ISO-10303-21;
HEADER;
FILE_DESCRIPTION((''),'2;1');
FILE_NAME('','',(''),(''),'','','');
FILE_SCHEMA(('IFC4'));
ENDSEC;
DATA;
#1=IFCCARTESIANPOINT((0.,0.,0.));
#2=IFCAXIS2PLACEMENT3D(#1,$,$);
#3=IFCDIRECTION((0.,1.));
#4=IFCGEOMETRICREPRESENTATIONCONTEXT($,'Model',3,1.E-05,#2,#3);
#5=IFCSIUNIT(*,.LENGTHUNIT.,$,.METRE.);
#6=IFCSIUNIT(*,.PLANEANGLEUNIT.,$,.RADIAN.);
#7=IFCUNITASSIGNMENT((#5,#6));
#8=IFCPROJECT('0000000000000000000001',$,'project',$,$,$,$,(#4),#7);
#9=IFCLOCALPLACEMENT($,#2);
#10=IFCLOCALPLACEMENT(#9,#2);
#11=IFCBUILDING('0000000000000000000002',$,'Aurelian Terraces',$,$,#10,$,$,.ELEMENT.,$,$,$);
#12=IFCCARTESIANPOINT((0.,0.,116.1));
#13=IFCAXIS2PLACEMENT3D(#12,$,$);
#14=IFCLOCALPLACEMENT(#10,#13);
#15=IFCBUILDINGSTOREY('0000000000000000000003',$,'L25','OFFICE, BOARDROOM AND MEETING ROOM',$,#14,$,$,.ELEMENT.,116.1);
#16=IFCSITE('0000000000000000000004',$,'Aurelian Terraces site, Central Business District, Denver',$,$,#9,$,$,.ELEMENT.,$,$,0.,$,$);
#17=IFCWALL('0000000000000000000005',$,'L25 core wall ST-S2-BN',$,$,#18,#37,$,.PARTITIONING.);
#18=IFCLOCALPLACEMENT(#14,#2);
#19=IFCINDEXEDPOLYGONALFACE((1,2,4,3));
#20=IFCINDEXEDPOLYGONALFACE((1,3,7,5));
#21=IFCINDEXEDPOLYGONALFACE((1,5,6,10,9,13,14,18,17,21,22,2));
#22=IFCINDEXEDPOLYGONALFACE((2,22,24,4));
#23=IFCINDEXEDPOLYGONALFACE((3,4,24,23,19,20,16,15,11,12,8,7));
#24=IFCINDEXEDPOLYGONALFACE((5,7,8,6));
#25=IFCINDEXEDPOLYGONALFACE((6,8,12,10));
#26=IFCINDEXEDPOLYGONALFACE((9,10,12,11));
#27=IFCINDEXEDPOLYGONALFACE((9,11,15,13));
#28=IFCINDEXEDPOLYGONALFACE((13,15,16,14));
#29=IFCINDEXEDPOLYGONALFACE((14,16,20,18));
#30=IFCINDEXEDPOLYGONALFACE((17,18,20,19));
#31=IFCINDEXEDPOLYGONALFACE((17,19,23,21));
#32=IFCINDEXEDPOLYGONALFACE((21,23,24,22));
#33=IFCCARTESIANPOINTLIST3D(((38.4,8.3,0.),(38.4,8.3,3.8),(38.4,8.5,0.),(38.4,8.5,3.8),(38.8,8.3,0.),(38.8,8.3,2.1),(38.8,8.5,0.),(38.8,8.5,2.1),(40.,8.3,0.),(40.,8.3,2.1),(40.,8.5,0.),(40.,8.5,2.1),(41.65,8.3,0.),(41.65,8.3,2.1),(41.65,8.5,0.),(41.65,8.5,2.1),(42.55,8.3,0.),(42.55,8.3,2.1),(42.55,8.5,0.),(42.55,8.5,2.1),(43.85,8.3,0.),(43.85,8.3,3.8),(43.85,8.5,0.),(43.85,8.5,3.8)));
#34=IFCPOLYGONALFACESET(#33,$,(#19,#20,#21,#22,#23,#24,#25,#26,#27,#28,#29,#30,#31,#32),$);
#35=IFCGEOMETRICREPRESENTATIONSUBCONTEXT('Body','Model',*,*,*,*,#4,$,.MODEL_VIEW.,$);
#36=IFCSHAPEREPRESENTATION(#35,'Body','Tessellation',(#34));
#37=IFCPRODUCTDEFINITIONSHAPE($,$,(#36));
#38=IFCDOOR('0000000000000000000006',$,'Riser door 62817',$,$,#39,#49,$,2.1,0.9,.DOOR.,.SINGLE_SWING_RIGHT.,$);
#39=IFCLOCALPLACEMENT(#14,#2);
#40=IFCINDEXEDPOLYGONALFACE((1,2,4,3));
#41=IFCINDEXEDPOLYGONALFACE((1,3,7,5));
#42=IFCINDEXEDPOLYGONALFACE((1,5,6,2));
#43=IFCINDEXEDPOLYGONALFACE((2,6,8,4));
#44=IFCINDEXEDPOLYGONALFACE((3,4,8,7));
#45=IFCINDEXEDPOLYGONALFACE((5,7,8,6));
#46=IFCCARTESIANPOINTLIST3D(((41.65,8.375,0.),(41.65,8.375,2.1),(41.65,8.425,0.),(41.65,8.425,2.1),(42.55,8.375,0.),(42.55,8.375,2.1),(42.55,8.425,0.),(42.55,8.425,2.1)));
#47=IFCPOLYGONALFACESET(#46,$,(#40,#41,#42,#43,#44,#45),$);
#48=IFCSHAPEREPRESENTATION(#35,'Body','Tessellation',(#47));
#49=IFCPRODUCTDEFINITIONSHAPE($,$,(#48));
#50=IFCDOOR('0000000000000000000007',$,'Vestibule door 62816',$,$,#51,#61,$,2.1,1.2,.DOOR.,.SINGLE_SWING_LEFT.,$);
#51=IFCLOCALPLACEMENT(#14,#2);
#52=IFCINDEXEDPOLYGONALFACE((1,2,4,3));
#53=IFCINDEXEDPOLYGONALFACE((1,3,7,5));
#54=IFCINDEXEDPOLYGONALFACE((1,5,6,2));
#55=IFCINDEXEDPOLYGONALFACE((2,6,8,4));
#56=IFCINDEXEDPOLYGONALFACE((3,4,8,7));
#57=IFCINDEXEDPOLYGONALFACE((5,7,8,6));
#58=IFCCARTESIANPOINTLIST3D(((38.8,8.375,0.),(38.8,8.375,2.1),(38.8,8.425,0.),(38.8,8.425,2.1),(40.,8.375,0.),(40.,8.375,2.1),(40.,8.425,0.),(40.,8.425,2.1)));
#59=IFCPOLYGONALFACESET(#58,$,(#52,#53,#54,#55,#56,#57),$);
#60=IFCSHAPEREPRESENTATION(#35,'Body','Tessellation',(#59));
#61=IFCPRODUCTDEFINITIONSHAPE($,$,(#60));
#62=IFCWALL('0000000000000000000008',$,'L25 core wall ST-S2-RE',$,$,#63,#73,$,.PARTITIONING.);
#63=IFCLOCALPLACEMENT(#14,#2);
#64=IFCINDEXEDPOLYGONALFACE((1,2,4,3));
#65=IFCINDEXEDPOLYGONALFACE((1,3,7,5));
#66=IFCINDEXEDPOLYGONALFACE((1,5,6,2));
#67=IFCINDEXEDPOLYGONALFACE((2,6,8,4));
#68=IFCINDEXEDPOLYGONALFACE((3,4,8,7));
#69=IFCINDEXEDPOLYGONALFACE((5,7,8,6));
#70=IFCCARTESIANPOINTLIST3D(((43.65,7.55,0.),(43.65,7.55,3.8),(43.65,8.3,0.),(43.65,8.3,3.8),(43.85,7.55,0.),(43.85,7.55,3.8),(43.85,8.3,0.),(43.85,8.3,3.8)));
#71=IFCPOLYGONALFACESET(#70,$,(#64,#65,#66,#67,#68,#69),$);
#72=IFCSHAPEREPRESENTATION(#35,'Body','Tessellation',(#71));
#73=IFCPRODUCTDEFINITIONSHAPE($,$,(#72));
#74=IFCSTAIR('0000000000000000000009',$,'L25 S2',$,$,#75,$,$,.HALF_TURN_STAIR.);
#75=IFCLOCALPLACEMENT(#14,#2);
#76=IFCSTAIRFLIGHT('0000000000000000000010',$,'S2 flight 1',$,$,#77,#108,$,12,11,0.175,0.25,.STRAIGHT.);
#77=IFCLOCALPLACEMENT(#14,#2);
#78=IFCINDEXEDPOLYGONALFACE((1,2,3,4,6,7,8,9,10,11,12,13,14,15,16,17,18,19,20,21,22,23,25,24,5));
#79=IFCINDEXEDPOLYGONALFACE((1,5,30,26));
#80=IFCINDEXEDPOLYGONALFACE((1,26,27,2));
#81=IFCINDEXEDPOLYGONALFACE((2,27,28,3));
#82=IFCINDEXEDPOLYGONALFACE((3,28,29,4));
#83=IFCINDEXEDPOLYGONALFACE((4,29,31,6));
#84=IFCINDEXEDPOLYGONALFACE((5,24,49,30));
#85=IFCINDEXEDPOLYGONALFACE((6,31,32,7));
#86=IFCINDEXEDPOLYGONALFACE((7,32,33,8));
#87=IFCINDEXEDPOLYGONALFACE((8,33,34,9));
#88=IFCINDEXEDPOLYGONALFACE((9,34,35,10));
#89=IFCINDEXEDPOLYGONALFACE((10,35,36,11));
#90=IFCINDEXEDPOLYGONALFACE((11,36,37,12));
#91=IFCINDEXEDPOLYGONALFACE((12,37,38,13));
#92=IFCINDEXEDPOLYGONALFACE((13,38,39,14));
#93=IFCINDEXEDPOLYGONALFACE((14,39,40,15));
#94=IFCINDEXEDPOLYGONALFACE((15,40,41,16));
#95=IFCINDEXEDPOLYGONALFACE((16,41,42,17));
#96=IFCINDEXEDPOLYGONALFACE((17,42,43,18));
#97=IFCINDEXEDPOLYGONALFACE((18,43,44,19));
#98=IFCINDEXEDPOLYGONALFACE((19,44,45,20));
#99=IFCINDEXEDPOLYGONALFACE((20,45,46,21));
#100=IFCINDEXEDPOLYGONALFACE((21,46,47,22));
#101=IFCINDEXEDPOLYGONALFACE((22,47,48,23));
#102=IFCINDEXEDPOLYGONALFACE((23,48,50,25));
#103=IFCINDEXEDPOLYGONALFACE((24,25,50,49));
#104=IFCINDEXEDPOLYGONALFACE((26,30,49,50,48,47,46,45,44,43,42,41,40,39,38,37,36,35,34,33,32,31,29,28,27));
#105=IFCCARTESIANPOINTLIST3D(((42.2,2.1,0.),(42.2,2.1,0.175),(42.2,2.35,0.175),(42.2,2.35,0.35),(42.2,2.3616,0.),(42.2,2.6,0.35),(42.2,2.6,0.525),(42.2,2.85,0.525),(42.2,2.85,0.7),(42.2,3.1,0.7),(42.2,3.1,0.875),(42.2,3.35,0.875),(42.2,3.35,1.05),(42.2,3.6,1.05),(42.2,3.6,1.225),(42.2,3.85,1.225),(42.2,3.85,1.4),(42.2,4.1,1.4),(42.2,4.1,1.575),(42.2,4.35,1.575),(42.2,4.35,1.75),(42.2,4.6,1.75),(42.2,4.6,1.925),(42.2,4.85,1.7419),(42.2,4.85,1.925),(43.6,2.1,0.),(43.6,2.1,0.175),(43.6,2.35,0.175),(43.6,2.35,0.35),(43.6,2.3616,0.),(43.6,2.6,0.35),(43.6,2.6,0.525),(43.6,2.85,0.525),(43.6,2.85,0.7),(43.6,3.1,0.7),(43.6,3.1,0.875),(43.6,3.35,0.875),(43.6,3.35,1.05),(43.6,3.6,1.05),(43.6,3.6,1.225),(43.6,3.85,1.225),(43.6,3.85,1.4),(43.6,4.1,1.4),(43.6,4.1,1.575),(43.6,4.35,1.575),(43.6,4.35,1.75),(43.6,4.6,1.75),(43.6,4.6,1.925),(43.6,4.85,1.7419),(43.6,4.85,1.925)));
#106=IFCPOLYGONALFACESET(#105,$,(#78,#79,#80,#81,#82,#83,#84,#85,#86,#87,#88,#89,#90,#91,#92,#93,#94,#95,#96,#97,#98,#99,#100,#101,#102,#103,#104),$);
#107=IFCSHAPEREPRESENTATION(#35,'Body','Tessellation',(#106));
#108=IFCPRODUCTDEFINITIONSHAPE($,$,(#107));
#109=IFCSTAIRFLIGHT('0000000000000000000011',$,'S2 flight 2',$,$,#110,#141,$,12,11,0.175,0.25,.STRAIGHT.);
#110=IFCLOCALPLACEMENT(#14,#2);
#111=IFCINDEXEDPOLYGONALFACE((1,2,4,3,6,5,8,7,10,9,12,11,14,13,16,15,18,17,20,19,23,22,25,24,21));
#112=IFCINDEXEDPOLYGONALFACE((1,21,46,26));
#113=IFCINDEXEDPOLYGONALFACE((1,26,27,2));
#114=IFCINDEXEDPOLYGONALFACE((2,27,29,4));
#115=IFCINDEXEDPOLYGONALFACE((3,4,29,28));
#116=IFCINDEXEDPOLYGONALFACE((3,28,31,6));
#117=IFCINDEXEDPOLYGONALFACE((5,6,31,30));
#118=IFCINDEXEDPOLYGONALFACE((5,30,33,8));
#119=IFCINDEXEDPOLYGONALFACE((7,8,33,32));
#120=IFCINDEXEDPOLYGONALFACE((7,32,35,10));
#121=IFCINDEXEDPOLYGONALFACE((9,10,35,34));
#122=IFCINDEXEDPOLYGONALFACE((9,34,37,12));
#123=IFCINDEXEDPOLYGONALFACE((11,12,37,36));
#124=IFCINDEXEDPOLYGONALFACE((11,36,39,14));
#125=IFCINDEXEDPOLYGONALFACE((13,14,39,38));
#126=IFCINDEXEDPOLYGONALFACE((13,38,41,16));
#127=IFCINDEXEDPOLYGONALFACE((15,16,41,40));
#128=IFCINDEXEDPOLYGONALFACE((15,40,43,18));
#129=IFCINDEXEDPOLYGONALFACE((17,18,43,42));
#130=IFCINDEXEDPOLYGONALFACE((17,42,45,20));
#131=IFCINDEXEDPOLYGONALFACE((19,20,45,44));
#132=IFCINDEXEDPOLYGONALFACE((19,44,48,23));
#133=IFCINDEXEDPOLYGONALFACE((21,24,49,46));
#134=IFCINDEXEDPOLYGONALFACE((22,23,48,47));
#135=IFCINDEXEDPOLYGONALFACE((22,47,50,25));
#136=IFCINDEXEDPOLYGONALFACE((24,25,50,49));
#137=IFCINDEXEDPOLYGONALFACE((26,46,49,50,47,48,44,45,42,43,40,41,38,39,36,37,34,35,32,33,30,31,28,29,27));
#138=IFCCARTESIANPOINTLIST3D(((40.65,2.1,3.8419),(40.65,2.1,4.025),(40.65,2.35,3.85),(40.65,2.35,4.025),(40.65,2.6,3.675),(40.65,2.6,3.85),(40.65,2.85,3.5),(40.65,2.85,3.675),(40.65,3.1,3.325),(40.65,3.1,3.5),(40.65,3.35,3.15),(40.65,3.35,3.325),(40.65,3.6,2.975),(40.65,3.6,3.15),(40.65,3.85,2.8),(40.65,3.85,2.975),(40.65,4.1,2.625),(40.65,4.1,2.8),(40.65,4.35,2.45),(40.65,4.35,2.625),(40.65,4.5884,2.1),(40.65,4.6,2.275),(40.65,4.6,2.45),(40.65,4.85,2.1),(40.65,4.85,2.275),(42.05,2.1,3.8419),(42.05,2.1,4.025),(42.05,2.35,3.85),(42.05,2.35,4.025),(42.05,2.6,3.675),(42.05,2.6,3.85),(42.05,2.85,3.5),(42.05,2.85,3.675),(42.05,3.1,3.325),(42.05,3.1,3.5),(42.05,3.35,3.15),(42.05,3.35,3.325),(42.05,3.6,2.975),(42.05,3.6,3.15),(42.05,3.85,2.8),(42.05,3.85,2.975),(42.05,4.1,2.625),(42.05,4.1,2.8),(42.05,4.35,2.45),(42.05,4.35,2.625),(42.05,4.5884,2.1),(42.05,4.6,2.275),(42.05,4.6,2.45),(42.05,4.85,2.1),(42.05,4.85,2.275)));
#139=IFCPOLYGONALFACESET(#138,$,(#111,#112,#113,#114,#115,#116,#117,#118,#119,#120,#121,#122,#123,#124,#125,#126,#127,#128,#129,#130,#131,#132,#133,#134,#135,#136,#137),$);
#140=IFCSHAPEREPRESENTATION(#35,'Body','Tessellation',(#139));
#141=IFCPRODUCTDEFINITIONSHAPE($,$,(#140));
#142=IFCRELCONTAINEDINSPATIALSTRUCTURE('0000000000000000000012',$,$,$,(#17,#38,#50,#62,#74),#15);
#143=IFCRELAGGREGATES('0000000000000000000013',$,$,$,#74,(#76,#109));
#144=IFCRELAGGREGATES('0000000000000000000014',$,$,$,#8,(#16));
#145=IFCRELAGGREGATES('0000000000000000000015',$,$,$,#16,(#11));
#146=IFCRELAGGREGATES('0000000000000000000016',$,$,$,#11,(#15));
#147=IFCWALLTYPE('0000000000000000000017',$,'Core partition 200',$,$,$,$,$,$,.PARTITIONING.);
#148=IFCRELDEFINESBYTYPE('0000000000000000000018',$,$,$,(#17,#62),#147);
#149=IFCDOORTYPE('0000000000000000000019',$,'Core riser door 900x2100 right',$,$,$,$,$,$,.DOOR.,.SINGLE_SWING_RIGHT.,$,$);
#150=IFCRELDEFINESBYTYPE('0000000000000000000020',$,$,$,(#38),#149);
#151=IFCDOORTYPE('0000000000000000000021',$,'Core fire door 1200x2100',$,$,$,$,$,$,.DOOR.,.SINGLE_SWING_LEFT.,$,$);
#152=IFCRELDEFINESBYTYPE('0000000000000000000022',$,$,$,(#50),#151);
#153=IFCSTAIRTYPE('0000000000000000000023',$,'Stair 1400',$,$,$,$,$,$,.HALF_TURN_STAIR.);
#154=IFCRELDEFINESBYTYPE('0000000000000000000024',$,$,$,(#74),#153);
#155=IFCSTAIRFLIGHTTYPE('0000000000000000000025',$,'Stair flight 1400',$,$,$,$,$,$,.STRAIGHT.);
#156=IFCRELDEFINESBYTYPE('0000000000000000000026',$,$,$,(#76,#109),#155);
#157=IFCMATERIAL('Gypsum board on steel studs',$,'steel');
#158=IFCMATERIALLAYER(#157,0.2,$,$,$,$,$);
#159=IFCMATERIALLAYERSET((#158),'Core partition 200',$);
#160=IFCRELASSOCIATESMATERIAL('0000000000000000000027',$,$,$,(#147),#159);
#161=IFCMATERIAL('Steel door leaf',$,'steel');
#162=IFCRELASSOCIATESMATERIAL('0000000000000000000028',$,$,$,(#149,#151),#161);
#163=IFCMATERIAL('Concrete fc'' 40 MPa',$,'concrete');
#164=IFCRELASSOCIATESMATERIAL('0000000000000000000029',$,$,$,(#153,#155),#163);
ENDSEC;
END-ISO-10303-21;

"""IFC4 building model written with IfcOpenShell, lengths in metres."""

from ifc_helpers import new_model, si_unit, direction, frame, frame_2d, origin, place, context, subcontext, project, spatial, polyline, rectangle, outline, extrude, source, transform, mapped, material, layer, layer_set, type_object, element, fill, aggregate, save


model = new_model("IFC4")

# Units and contexts
model_context = context("Model", 3, precision=1e-05, world=origin(), true_north=direction((0.0, 1.0)))
body_context = subcontext(model_context, "Body", "Model", "MODEL_VIEW")
ifc_project = project(units=[si_unit("LENGTHUNIT", "METRE"), si_unit("PLANEANGLEUNIT", "RADIAN")], contexts=[model_context])

# Site, building, storey
site_placement = place(None, origin())
site = spatial("IfcSite", under=ifc_project, at=site_placement, Name="Aurelian Terraces site, Central Business District, Denver", CompositionType="ELEMENT", RefElevation=0.0)
building_placement = place(site_placement, origin())
building = spatial("IfcBuilding", under=site, at=building_placement, Name="Aurelian Terraces", CompositionType="ELEMENT")
storey_placement = place(building_placement, frame((0.0, 0.0, 116.1)))
storey = spatial("IfcBuildingStorey", under=building, at=storey_placement, Name="L25", Description="OFFICE, BOARDROOM AND MEETING ROOM", CompositionType="ELEMENT", Elevation=116.1)

# Shared definitions
ifc_material_1 = material(Name="Concrete fc' 40 MPa", Category="concrete")

# Shared definitions
ifc_material_2 = material(Name="Steel door leaf", Category="steel")

# Shared definitions
ifc_material_3 = material(Name="Gypsum board on steel studs", Category="steel")
ifc_layer_1 = layer(ifc_material_3, 0.2)
ifc_layer_set_1 = layer_set([ifc_layer_1], Name="Core partition 200")
wall_type_1 = type_object("IfcWallType", Name="Core partition 200", PredefinedType="PARTITIONING", material=ifc_layer_set_1)

# Wall, openings, doors
shared_shape_1 = source(origin(), body_context, "Body", "SweptSolid", [
    extrude(rectangle(XDim=5.45, YDim=0.2, at=frame_2d((2.725, 0.0))), origin(), (0.0, 0.0, 1.0), 3.8),
])
wall_1_placement = place(storey_placement, frame((38.4, 8.4, 0.0), z_axis=(0.0, 0.0, 1.0), x_axis=(1.0, 0.0, 0.0)))
wall_1 = element("IfcWall", 1, at=wall_1_placement, inside=storey, type_object=wall_type_1, Name="L25 core wall ST-S2-BN", PredefinedType="PARTITIONING", context=body_context, shape_type="MappedRepresentation", body=[
    mapped(shared_shape_1, transform((0.0, 0.0, 0.0), scale=1.0)),
])
shared_shape_2 = source(origin(), body_context, "Body", "SweptSolid", [
    extrude(rectangle(XDim=1.2, YDim=2.1, at=frame_2d((0.6, 1.05))), frame((0.0, 0.11, 0.0), z_axis=(0.0, -1.0, 0.0), x_axis=(1.0, 0.0, 0.0)), (0.0, 0.0, 1.0), 0.22),
])
opening_1_placement = place(wall_1_placement, frame((0.4, 0.0, 0.0)))
opening_1 = element("IfcOpeningElement", 2, at=opening_1_placement, cuts=wall_1, PredefinedType="OPENING", context=body_context, shape_type="MappedRepresentation", body=[
    mapped(shared_shape_2, transform((0.0, 0.0, 0.0), scale=1.0)),
])
shared_shape_3 = source(origin(), body_context, "Body", "SweptSolid", [
    extrude(rectangle(XDim=0.9, YDim=2.1, at=frame_2d((0.45, 1.05))), frame((0.0, 0.11, 0.0), z_axis=(0.0, -1.0, 0.0), x_axis=(1.0, 0.0, 0.0)), (0.0, 0.0, 1.0), 0.22),
])
opening_2_placement = place(wall_1_placement, frame((3.25, 0.0, 0.0)))
opening_2 = element("IfcOpeningElement", 3, at=opening_2_placement, cuts=wall_1, PredefinedType="OPENING", context=body_context, shape_type="MappedRepresentation", body=[
    mapped(shared_shape_3, transform((0.0, 0.0, 0.0), scale=1.0)),
])
door_type_1 = type_object("IfcDoorType", Name="Core riser door 900x2100 right", OperationType="SINGLE_SWING_RIGHT", PredefinedType="DOOR", material=ifc_material_2)
shared_shape_4 = source(origin(), body_context, "Body", "SweptSolid", [
    extrude(rectangle(XDim=0.9, YDim=2.1, at=frame_2d((0.45, 1.05))), frame((0.0, 0.025, 0.0), z_axis=(0.0, -1.0, 0.0), x_axis=(1.0, 0.0, 0.0)), (0.0, 0.0, 1.0), 0.05),
])
door_1_placement = place(opening_2_placement, origin())
door_1 = element("IfcDoor", 4, at=door_1_placement, inside=storey, type_object=door_type_1, Name="Riser door 62817", OperationType="SINGLE_SWING_RIGHT", OverallHeight=2.1, OverallWidth=0.9, PredefinedType="DOOR", context=body_context, shape_type="MappedRepresentation", body=[
    mapped(shared_shape_4, transform((0.0, 0.0, 0.0), scale=1.0)),
])
fill(opening_2, door_1)
door_type_2 = type_object("IfcDoorType", Name="Core fire door 1200x2100", OperationType="SINGLE_SWING_LEFT", PredefinedType="DOOR", material=ifc_material_2)
shared_shape_5 = source(origin(), body_context, "Body", "SweptSolid", [
    extrude(rectangle(XDim=1.2, YDim=2.1, at=frame_2d((0.6, 1.05))), frame((0.0, 0.025, 0.0), z_axis=(0.0, -1.0, 0.0), x_axis=(1.0, 0.0, 0.0)), (0.0, 0.0, 1.0), 0.05),
])
door_2_placement = place(opening_1_placement, origin())
door_2 = element("IfcDoor", 5, at=door_2_placement, inside=storey, type_object=door_type_2, Name="Vestibule door 62816", OperationType="SINGLE_SWING_LEFT", OverallHeight=2.1, OverallWidth=1.2, PredefinedType="DOOR", context=body_context, shape_type="MappedRepresentation", body=[
    mapped(shared_shape_5, transform((0.0, 0.0, 0.0), scale=1.0)),
])
fill(opening_1, door_2)

# Wall
shared_shape_6 = source(origin(), body_context, "Body", "SweptSolid", [
    extrude(rectangle(XDim=0.75, YDim=0.2, at=frame_2d((0.375, 0.0))), origin(), (0.0, 0.0, 1.0), 3.8),
])
wall_2_placement = place(storey_placement, frame((43.75, 7.55, 0.0), z_axis=(0.0, 0.0, 1.0), x_axis=(0.0, 1.0, 0.0)))
element("IfcWall", 6, at=wall_2_placement, inside=storey, type_object=wall_type_1, Name="L25 core wall ST-S2-RE", PredefinedType="PARTITIONING", context=body_context, shape_type="MappedRepresentation", body=[
    mapped(shared_shape_6, transform((0.0, 0.0, 0.0), scale=1.0)),
])

# Stair, stair flights
stair_type = type_object("IfcStairType", Name="Stair 1400", PredefinedType="HALF_TURN_STAIR", material=ifc_material_1)
stair_placement = place(storey_placement, origin())
stair = element("IfcStair", 7, at=stair_placement, inside=storey, type_object=stair_type, Name="L25 S2", PredefinedType="HALF_TURN_STAIR")
stair_flight_type = type_object("IfcStairFlightType", Name="Stair flight 1400", PredefinedType="STRAIGHT", material=ifc_material_1)
shared_shape_7 = source(origin(), body_context, "Body", "SweptSolid", [
    extrude(outline(polyline([(0.0, 0.0), (0.0, 0.175), (0.25, 0.175), (0.25, 0.35), (0.5, 0.35), (0.5, 0.525), (0.75, 0.525), (0.75, 0.7), (1.0, 0.7), (1.0, 0.875), (1.25, 0.875), (1.25, 1.05), (1.5, 1.05), (1.5, 1.225), (1.75, 1.225), (1.75, 1.4), (2.0, 1.4), (2.0, 1.575), (2.25, 1.575), (2.25, 1.75), (2.5, 1.75), (2.5, 1.925), (2.75, 1.925), (2.75, 2.1), (2.75, 1.7419), (0.2616, 0.0), (0.0, 0.0)])), frame((0.0, 0.7, 0.0), z_axis=(0.0, -1.0, 0.0), x_axis=(1.0, 0.0, 0.0)), (0.0, 0.0, 1.0), 1.4),
])
stair_flight_1_placement = place(storey_placement, frame((42.9, 2.1, 0.0), z_axis=(0.0, 0.0, 1.0), x_axis=(0.0, 1.0, 0.0)))
stair_flight_1 = element("IfcStairFlight", 8, at=stair_flight_1_placement, type_object=stair_flight_type, Name="S2 flight 1", NumberOfRisers=12, NumberOfTreads=11, PredefinedType="STRAIGHT", RiserHeight=0.175, TreadLength=0.25, context=body_context, shape_type="MappedRepresentation", body=[
    mapped(shared_shape_7, transform((0.0, 0.0, 0.0), scale=1.0)),
])
stair_flight_2_placement = place(storey_placement, frame((41.35, 4.85, 2.1), z_axis=(0.0, 0.0, 1.0), x_axis=(0.0, -1.0, 0.0)))
stair_flight_2 = element("IfcStairFlight", 9, at=stair_flight_2_placement, type_object=stair_flight_type, Name="S2 flight 2", NumberOfRisers=12, NumberOfTreads=11, PredefinedType="STRAIGHT", RiserHeight=0.175, TreadLength=0.25, context=body_context, shape_type="MappedRepresentation", body=[
    mapped(shared_shape_7, transform((0.0, 0.0, 0.0), scale=1.0)),
])
aggregate(stair, [stair_flight_1, stair_flight_2])

save(model, "model.ifc")
